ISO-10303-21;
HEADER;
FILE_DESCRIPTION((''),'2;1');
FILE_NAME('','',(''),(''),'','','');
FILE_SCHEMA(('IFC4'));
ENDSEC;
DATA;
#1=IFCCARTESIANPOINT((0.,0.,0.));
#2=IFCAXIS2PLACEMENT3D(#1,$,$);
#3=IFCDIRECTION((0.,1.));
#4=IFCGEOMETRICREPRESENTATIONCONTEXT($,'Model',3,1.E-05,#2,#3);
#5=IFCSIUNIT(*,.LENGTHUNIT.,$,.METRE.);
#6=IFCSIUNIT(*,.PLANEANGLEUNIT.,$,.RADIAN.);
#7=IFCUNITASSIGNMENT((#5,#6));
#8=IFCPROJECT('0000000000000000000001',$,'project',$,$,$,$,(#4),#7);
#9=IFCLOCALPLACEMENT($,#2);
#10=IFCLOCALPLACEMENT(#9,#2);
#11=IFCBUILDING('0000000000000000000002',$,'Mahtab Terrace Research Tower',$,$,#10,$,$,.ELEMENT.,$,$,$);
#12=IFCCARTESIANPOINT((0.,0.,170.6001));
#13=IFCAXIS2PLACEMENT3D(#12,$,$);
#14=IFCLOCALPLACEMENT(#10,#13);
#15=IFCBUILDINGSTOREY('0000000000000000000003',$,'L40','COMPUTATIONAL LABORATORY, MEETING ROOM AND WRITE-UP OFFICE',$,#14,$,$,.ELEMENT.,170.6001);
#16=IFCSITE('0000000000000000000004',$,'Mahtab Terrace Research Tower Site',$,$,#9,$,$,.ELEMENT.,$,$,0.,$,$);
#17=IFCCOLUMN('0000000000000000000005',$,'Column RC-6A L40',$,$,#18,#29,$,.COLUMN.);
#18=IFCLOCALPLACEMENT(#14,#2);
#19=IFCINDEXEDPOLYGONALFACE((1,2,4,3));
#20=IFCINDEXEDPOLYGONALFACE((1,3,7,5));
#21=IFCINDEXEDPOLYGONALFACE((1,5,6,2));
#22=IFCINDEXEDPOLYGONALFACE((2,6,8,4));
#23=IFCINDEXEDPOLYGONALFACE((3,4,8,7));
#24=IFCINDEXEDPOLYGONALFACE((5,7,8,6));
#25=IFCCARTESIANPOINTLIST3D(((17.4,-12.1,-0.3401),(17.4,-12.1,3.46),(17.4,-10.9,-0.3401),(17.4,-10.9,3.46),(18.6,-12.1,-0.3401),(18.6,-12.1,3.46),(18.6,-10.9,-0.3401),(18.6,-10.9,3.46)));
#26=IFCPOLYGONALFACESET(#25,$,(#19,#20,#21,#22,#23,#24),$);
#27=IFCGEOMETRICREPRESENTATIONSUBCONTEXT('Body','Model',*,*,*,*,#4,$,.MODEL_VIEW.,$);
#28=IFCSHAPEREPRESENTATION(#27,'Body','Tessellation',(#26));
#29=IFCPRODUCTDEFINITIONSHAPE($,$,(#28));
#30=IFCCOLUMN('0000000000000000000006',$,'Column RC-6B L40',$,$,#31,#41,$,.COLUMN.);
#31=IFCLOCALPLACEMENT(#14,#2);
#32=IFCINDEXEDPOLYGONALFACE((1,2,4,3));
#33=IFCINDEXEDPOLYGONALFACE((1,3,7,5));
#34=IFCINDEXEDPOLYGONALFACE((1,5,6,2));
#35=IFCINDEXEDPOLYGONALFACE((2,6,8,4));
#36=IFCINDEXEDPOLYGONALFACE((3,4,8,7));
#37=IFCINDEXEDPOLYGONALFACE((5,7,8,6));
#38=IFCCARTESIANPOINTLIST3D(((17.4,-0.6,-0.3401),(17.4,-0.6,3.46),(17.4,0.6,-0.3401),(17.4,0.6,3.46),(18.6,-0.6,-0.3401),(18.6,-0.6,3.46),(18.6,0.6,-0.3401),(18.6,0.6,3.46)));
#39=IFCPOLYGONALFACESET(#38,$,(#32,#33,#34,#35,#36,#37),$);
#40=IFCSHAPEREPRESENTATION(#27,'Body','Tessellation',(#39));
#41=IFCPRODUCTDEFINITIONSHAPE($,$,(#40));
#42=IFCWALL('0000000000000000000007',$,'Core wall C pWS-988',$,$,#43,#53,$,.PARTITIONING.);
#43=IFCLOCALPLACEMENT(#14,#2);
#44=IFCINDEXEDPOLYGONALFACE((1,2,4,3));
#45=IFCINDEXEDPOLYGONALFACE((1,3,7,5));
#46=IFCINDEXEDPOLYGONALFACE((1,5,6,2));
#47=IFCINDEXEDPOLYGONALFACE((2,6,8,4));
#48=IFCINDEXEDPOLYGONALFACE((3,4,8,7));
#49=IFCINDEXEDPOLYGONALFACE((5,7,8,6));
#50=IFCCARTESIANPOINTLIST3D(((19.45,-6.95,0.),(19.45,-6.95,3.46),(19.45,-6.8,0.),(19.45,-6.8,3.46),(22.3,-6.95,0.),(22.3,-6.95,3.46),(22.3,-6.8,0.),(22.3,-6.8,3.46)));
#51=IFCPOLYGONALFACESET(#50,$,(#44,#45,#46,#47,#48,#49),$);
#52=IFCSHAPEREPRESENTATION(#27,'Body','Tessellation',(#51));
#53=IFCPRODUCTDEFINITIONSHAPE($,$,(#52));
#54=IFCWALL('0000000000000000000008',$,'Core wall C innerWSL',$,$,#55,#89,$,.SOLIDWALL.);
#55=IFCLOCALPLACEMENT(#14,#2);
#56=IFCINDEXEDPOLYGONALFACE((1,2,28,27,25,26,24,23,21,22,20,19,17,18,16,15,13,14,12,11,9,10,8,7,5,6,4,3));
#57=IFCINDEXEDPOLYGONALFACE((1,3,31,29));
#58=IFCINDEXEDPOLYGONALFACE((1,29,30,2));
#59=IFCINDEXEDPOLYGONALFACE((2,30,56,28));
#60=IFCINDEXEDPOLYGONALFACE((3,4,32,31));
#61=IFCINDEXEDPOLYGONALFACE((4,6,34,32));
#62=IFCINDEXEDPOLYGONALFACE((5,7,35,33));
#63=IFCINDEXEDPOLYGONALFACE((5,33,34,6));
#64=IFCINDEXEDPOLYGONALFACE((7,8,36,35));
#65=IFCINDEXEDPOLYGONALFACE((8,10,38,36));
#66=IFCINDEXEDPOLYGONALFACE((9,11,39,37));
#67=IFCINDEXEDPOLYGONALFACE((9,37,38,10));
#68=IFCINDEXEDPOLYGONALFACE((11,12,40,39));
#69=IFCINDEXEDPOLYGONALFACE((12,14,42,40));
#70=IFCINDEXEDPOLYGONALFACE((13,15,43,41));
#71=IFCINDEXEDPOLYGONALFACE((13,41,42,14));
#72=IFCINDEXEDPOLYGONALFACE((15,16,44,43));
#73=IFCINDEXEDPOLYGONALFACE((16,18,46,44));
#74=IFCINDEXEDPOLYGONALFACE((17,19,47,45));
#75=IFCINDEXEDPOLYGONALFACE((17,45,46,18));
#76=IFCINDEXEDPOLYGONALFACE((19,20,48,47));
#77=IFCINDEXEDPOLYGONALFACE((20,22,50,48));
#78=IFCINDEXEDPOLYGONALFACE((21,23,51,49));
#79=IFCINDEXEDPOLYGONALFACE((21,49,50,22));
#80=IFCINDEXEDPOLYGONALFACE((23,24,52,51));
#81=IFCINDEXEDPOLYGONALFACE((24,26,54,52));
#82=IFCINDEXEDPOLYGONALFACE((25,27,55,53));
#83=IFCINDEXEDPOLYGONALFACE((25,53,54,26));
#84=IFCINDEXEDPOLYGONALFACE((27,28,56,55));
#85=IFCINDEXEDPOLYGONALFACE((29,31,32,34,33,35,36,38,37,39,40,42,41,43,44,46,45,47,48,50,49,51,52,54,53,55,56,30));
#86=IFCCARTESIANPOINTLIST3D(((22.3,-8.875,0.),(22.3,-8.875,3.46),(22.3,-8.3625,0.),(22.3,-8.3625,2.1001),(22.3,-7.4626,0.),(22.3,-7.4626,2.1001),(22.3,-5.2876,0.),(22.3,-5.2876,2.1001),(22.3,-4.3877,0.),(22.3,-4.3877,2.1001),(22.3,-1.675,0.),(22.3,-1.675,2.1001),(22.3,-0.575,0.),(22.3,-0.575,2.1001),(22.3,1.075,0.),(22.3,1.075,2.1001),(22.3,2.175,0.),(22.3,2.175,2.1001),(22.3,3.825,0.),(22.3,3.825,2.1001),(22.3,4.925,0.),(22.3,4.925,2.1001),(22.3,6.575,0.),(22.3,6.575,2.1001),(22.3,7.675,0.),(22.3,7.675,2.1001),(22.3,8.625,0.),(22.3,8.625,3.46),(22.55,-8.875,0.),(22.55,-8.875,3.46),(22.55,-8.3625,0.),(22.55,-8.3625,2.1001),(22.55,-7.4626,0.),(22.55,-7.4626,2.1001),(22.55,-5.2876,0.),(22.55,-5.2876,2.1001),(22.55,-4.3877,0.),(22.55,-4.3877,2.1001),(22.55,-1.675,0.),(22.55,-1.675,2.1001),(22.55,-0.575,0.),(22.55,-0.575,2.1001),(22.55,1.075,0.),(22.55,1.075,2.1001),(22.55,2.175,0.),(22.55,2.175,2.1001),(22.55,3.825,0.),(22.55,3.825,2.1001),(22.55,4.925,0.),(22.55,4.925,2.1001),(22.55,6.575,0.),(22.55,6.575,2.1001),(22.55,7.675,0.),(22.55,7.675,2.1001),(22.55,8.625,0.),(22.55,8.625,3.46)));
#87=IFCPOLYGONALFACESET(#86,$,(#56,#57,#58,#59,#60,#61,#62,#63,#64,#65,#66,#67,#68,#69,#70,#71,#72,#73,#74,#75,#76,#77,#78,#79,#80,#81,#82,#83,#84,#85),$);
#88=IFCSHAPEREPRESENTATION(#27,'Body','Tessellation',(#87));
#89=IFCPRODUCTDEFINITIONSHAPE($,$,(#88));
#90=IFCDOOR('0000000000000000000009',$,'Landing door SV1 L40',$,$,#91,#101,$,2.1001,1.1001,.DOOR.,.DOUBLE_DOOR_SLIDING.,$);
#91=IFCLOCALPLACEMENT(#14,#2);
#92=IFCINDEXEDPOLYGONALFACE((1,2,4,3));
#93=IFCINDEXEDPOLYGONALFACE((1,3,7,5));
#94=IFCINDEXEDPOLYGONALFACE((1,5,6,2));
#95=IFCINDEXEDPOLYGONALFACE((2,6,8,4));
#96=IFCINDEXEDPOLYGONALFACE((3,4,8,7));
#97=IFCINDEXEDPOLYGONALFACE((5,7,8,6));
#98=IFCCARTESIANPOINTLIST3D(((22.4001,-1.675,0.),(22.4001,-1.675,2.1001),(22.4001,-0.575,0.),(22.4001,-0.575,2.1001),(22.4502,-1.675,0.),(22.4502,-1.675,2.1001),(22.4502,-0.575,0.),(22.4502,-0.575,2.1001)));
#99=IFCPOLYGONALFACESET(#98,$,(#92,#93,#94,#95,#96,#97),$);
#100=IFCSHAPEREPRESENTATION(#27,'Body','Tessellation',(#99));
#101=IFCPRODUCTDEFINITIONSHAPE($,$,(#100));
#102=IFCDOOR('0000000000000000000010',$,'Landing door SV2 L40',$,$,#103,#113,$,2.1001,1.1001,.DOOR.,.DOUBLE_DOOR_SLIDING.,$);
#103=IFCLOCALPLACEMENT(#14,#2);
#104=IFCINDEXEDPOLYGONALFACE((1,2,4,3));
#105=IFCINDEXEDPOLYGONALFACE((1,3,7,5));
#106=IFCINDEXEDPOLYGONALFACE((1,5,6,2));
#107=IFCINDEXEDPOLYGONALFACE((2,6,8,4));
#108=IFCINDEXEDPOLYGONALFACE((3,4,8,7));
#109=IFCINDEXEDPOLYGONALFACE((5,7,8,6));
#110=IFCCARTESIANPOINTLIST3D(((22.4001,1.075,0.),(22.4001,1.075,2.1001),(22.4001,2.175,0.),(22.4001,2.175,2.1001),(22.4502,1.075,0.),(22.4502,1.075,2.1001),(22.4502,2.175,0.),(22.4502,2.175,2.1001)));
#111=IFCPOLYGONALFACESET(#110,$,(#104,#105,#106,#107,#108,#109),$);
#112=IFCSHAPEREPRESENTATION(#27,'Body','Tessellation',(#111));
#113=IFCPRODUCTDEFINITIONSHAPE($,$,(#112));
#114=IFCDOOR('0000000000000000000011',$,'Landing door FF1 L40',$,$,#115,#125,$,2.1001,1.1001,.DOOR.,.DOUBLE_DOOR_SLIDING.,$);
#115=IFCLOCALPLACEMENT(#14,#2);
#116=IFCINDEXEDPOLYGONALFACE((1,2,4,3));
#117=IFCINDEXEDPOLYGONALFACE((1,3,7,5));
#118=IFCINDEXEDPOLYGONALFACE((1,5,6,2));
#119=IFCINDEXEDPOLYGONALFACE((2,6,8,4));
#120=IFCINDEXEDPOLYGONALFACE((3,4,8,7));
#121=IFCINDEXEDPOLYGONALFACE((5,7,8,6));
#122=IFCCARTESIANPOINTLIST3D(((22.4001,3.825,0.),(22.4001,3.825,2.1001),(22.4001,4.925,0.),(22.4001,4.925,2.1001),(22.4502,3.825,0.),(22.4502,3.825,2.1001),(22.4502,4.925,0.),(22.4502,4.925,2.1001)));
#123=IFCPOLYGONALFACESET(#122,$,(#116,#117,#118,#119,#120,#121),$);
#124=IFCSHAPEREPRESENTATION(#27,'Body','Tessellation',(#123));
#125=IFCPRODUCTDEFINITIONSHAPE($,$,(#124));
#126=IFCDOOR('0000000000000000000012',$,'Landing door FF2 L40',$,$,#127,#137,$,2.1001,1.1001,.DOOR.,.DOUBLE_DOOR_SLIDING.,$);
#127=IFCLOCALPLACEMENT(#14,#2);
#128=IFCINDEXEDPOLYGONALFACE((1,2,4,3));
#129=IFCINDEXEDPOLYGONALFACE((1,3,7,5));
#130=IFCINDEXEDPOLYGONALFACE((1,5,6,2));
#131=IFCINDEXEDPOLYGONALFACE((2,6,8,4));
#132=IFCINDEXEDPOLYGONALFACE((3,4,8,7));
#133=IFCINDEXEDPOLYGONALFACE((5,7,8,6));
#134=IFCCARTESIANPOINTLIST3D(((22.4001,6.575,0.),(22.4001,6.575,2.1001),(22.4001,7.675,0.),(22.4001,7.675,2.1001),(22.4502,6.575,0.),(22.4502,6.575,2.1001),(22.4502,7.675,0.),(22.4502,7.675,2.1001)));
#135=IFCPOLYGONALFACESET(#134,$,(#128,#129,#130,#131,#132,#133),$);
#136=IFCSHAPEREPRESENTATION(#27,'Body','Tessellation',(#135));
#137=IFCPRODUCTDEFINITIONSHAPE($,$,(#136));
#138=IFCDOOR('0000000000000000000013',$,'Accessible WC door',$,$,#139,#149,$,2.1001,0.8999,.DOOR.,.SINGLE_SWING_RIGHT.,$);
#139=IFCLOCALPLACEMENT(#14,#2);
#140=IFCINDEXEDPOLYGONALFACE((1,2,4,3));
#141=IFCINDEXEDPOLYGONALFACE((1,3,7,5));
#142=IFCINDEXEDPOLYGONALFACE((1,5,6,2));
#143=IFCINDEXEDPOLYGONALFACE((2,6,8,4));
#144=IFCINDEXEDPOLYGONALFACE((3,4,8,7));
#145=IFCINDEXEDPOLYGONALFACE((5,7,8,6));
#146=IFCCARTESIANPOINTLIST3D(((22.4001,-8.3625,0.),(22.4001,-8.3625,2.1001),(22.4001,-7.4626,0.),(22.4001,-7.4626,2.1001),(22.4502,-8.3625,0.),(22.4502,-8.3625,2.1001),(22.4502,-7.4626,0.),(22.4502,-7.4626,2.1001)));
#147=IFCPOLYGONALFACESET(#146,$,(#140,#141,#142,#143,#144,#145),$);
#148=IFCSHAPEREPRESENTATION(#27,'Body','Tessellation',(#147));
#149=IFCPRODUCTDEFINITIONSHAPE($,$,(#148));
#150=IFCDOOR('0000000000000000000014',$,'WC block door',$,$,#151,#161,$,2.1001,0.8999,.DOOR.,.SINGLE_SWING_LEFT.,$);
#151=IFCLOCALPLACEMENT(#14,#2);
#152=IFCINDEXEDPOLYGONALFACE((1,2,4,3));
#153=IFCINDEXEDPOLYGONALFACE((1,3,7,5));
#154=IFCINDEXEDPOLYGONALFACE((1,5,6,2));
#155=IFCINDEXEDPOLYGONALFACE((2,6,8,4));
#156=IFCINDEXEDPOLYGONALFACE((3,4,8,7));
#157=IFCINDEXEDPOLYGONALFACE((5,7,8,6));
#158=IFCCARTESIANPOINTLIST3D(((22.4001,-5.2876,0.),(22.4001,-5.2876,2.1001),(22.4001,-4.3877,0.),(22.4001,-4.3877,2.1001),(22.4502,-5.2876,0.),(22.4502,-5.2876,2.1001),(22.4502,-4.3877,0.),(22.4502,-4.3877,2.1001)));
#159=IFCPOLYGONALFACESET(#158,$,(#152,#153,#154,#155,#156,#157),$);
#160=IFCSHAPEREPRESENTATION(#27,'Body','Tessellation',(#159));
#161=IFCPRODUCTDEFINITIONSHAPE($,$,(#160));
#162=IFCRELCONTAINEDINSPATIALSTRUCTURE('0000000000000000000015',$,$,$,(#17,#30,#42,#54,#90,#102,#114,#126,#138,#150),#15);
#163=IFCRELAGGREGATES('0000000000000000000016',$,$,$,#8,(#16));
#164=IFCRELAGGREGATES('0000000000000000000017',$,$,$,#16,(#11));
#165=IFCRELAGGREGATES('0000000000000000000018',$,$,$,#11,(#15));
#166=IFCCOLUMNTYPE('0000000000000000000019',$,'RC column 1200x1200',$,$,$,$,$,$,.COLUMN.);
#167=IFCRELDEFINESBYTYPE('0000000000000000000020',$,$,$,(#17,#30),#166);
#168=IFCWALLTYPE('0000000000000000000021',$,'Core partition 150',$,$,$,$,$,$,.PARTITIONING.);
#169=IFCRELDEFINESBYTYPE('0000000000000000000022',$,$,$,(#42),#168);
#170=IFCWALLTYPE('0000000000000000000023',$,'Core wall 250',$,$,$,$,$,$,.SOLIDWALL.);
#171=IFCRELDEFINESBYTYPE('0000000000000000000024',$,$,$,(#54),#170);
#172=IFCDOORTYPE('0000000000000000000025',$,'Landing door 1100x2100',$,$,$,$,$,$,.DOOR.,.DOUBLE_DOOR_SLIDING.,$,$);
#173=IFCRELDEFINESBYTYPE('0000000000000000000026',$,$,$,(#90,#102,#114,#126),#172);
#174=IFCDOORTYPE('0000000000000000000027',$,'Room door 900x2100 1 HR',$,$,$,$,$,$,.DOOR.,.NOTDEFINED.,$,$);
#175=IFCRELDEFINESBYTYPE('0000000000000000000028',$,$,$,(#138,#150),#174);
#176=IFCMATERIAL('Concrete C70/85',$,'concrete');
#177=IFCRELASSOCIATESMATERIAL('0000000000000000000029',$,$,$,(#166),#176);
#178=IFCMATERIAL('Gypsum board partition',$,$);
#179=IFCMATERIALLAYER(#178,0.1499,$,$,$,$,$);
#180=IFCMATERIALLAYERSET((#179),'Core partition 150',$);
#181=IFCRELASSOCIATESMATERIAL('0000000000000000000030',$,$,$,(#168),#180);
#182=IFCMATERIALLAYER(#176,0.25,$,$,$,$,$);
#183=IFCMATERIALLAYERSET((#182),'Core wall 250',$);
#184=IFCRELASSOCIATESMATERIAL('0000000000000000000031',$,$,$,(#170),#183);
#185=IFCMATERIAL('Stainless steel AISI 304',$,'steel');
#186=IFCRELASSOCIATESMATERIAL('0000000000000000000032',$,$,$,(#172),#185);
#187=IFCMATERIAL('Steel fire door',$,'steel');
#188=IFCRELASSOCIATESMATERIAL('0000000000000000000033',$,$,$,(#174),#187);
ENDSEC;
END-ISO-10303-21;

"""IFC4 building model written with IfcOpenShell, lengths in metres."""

from ifc_helpers import new_model, si_unit, direction, frame, frame_2d, origin, origin_2d, place, context, subcontext, project, spatial, rectangle, extrude, material, layer, layer_set, material_profile, profile_set, type_object, element, fill, save


model = new_model("IFC4")

# Units and contexts
model_context = context("Model", 3, precision=1e-05, world=origin(), true_north=direction((0.0, 1.0)))
body_context = subcontext(model_context, "Body", "Model", "MODEL_VIEW")
ifc_project = project(units=[si_unit("LENGTHUNIT", "METRE"), si_unit("PLANEANGLEUNIT", "RADIAN")], contexts=[model_context])

# Site, building, storey
site_placement = place(None, origin())
site = spatial("IfcSite", under=ifc_project, at=site_placement, Name="Mahtab Terrace Research Tower Site", CompositionType="ELEMENT", RefElevation=0.0)
building_placement = place(site_placement, origin())
building = spatial("IfcBuilding", under=site, at=building_placement, Name="Mahtab Terrace Research Tower", CompositionType="ELEMENT")
storey_placement = place(building_placement, frame((0.0, 0.0, 170.6001)))
storey = spatial("IfcBuildingStorey", under=building, at=storey_placement, Name="L40", Description="COMPUTATIONAL LABORATORY, MEETING ROOM AND WRITE-UP OFFICE", CompositionType="ELEMENT", Elevation=170.6001)

# Columns
ifc_material_1 = material(Name="Concrete C70/85", Category="concrete")
ifc_material_profile = material_profile(ifc_material_1, rectangle(XDim=1.2, YDim=1.2, at=origin_2d()), Name="RC column 1200x1200")
ifc_profile_set = profile_set([ifc_material_profile], Name="Concrete C70/85")
column_type = type_object("IfcColumnType", Name="RC column 1200x1200", PredefinedType="COLUMN", material=ifc_profile_set)
for number, where, z_axis, x_axis, name in (
    (1, (18.0, -11.5, -0.3401), (0.0, 0.0, 1.0), (1.0, 0.0, 0.0), "Column RC-6A L40"),
    (2, (18.0, 0.0, -0.3401), (0.0, 0.0, 1.0), (1.0, 0.0, 0.0), "Column RC-6B L40"),
):
    element("IfcColumn", number, at=place(storey_placement, frame(where, z_axis=z_axis, x_axis=x_axis)), inside=storey, type_object=column_type, Name=name, PredefinedType="COLUMN", context=body_context, shape_type="SweptSolid", body=[
        extrude(rectangle(XDim=1.2, YDim=1.2, at=origin_2d()), origin(), (0.0, 0.0, 1.0), 3.8),
    ])

# Wall
ifc_material_2 = material(Name="Gypsum board partition")
ifc_layer_1 = layer(ifc_material_2, 0.1499)
ifc_layer_set_1 = layer_set([ifc_layer_1], Name="Core partition 150")
wall_type_1 = type_object("IfcWallType", Name="Core partition 150", PredefinedType="PARTITIONING", material=ifc_layer_set_1)
wall_1_placement = place(storey_placement, frame((19.45, -6.875, 0.0), z_axis=(0.0, 0.0, 1.0), x_axis=(1.0, 0.0, 0.0)))
element("IfcWall", 3, at=wall_1_placement, inside=storey, type_object=wall_type_1, Name="Core wall C pWS-988", PredefinedType="PARTITIONING", context=body_context, shape_type="SweptSolid", body=[
    extrude(rectangle(XDim=2.8501, YDim=0.1499, at=frame_2d((1.425, 0.0))), origin(), (0.0, 0.0, 1.0), 3.46),
])

# Wall, openings, doors
ifc_layer_2 = layer(ifc_material_1, 0.25)
ifc_layer_set_2 = layer_set([ifc_layer_2], Name="Core wall 250")
wall_type_2 = type_object("IfcWallType", Name="Core wall 250", PredefinedType="SOLIDWALL", material=ifc_layer_set_2)
wall_2_placement = place(storey_placement, frame((22.425, -8.875, 0.0), z_axis=(0.0, 0.0, 1.0), x_axis=(0.0, 1.0, 0.0)))
wall_2 = element("IfcWall", 4, at=wall_2_placement, inside=storey, type_object=wall_type_2, Name="Core wall C innerWSL", PredefinedType="SOLIDWALL", context=body_context, shape_type="SweptSolid", body=[
    extrude(rectangle(XDim=17.5, YDim=0.25, at=frame_2d((8.75, 0.0))), origin(), (0.0, 0.0, 1.0), 3.46),
])
opening_1_placement = place(wall_2_placement, frame((7.2, 0.0, 0.0)))
opening_1 = element("IfcOpeningElement", 5, at=opening_1_placement, cuts=wall_2, PredefinedType="OPENING", context=body_context, shape_type="SweptSolid", body=[
    extrude(rectangle(XDim=1.1001, YDim=2.1001, at=frame_2d((0.55, 1.05))), frame((0.0, 0.135, 0.0), z_axis=(0.0, -1.0, 0.0), x_axis=(1.0, 0.0, 0.0)), (0.0, 0.0, 1.0), 0.27),
])
opening_2_placement = place(wall_2_placement, frame((9.95, 0.0, 0.0)))
opening_2 = element("IfcOpeningElement", 6, at=opening_2_placement, cuts=wall_2, PredefinedType="OPENING", context=body_context, shape_type="SweptSolid", body=[
    extrude(rectangle(XDim=1.1001, YDim=2.1001, at=frame_2d((0.55, 1.05))), frame((0.0, 0.135, 0.0), z_axis=(0.0, -1.0, 0.0), x_axis=(1.0, 0.0, 0.0)), (0.0, 0.0, 1.0), 0.27),
])
opening_3_placement = place(wall_2_placement, frame((12.7, 0.0, 0.0)))
opening_3 = element("IfcOpeningElement", 7, at=opening_3_placement, cuts=wall_2, PredefinedType="OPENING", context=body_context, shape_type="SweptSolid", body=[
    extrude(rectangle(XDim=1.1001, YDim=2.1001, at=frame_2d((0.55, 1.05))), frame((0.0, 0.135, 0.0), z_axis=(0.0, -1.0, 0.0), x_axis=(1.0, 0.0, 0.0)), (0.0, 0.0, 1.0), 0.27),
])
opening_4_placement = place(wall_2_placement, frame((15.45, 0.0, 0.0)))
opening_4 = element("IfcOpeningElement", 8, at=opening_4_placement, cuts=wall_2, PredefinedType="OPENING", context=body_context, shape_type="SweptSolid", body=[
    extrude(rectangle(XDim=1.1001, YDim=2.1001, at=frame_2d((0.55, 1.05))), frame((0.0, 0.135, 0.0), z_axis=(0.0, -1.0, 0.0), x_axis=(1.0, 0.0, 0.0)), (0.0, 0.0, 1.0), 0.27),
])
opening_5_placement = place(wall_2_placement, frame((0.5125, 0.0, 0.0)))
opening_5 = element("IfcOpeningElement", 9, at=opening_5_placement, cuts=wall_2, PredefinedType="OPENING", context=body_context, shape_type="SweptSolid", body=[
    extrude(rectangle(XDim=0.8999, YDim=2.1001, at=frame_2d((0.45, 1.05))), frame((0.0, 0.135, 0.0), z_axis=(0.0, -1.0, 0.0), x_axis=(1.0, 0.0, 0.0)), (0.0, 0.0, 1.0), 0.27),
])
opening_6_placement = place(wall_2_placement, frame((3.5874, 0.0, 0.0)))
opening_6 = element("IfcOpeningElement", 10, at=opening_6_placement, cuts=wall_2, PredefinedType="OPENING", context=body_context, shape_type="SweptSolid", body=[
    extrude(rectangle(XDim=0.8999, YDim=2.1001, at=frame_2d((0.45, 1.05))), frame((0.0, 0.135, 0.0), z_axis=(0.0, -1.0, 0.0), x_axis=(1.0, 0.0, 0.0)), (0.0, 0.0, 1.0), 0.27),
])
ifc_material_3 = material(Name="Stainless steel AISI 304", Category="steel")
door_type_1 = type_object("IfcDoorType", Name="Landing door 1100x2100", OperationType="DOUBLE_DOOR_SLIDING", PredefinedType="DOOR", material=ifc_material_3)
door_1_placement = place(opening_1_placement, origin())
door_1 = element("IfcDoor", 11, at=door_1_placement, inside=storey, type_object=door_type_1, Name="Landing door SV1 L40", OperationType="DOUBLE_DOOR_SLIDING", OverallHeight=2.1001, OverallWidth=1.1001, PredefinedType="DOOR", context=body_context, shape_type="SweptSolid", body=[
    extrude(rectangle(XDim=1.1001, YDim=2.1001, at=frame_2d((0.55, 1.05))), frame((0.0, 0.0249, 0.0), z_axis=(0.0, -1.0, 0.0), x_axis=(1.0, 0.0, 0.0)), (0.0, 0.0, 1.0), 0.05),
])
fill(opening_1, door_1)
door_2_placement = place(opening_2_placement, origin())
door_2 = element("IfcDoor", 12, at=door_2_placement, inside=storey, type_object=door_type_1, Name="Landing door SV2 L40", OperationType="DOUBLE_DOOR_SLIDING", OverallHeight=2.1001, OverallWidth=1.1001, PredefinedType="DOOR", context=body_context, shape_type="SweptSolid", body=[
    extrude(rectangle(XDim=1.1001, YDim=2.1001, at=frame_2d((0.55, 1.05))), frame((0.0, 0.0249, 0.0), z_axis=(0.0, -1.0, 0.0), x_axis=(1.0, 0.0, 0.0)), (0.0, 0.0, 1.0), 0.05),
])
fill(opening_2, door_2)
door_3_placement = place(opening_3_placement, origin())
door_3 = element("IfcDoor", 13, at=door_3_placement, inside=storey, type_object=door_type_1, Name="Landing door FF1 L40", OperationType="DOUBLE_DOOR_SLIDING", OverallHeight=2.1001, OverallWidth=1.1001, PredefinedType="DOOR", context=body_context, shape_type="SweptSolid", body=[
    extrude(rectangle(XDim=1.1001, YDim=2.1001, at=frame_2d((0.55, 1.05))), frame((0.0, 0.0249, 0.0), z_axis=(0.0, -1.0, 0.0), x_axis=(1.0, 0.0, 0.0)), (0.0, 0.0, 1.0), 0.05),
])
fill(opening_3, door_3)
door_4_placement = place(opening_4_placement, origin())
door_4 = element("IfcDoor", 14, at=door_4_placement, inside=storey, type_object=door_type_1, Name="Landing door FF2 L40", OperationType="DOUBLE_DOOR_SLIDING", OverallHeight=2.1001, OverallWidth=1.1001, PredefinedType="DOOR", context=body_context, shape_type="SweptSolid", body=[
    extrude(rectangle(XDim=1.1001, YDim=2.1001, at=frame_2d((0.55, 1.05))), frame((0.0, 0.0249, 0.0), z_axis=(0.0, -1.0, 0.0), x_axis=(1.0, 0.0, 0.0)), (0.0, 0.0, 1.0), 0.05),
])
fill(opening_4, door_4)
ifc_material_4 = material(Name="Steel fire door", Category="steel")
door_type_2 = type_object("IfcDoorType", Name="Room door 900x2100 1 HR", OperationType="NOTDEFINED", PredefinedType="DOOR", material=ifc_material_4)
door_5_placement = place(opening_5_placement, origin())
door_5 = element("IfcDoor", 15, at=door_5_placement, inside=storey, type_object=door_type_2, Name="Accessible WC door", OperationType="SINGLE_SWING_RIGHT", OverallHeight=2.1001, OverallWidth=0.8999, PredefinedType="DOOR", context=body_context, shape_type="SweptSolid", body=[
    extrude(rectangle(XDim=0.8999, YDim=2.1001, at=frame_2d((0.45, 1.05))), frame((0.0, 0.0249, 0.0), z_axis=(0.0, -1.0, 0.0), x_axis=(1.0, 0.0, 0.0)), (0.0, 0.0, 1.0), 0.05),
])
fill(opening_5, door_5)
door_6_placement = place(opening_6_placement, origin())
door_6 = element("IfcDoor", 16, at=door_6_placement, inside=storey, type_object=door_type_2, Name="WC block door", OperationType="SINGLE_SWING_LEFT", OverallHeight=2.1001, OverallWidth=0.8999, PredefinedType="DOOR", context=body_context, shape_type="SweptSolid", body=[
    extrude(rectangle(XDim=0.8999, YDim=2.1001, at=frame_2d((0.45, 1.05))), frame((0.0, 0.0249, 0.0), z_axis=(0.0, -1.0, 0.0), x_axis=(1.0, 0.0, 0.0)), (0.0, 0.0, 1.0), 0.05),
])
fill(opening_6, door_6)

save(model, "model.ifc")
